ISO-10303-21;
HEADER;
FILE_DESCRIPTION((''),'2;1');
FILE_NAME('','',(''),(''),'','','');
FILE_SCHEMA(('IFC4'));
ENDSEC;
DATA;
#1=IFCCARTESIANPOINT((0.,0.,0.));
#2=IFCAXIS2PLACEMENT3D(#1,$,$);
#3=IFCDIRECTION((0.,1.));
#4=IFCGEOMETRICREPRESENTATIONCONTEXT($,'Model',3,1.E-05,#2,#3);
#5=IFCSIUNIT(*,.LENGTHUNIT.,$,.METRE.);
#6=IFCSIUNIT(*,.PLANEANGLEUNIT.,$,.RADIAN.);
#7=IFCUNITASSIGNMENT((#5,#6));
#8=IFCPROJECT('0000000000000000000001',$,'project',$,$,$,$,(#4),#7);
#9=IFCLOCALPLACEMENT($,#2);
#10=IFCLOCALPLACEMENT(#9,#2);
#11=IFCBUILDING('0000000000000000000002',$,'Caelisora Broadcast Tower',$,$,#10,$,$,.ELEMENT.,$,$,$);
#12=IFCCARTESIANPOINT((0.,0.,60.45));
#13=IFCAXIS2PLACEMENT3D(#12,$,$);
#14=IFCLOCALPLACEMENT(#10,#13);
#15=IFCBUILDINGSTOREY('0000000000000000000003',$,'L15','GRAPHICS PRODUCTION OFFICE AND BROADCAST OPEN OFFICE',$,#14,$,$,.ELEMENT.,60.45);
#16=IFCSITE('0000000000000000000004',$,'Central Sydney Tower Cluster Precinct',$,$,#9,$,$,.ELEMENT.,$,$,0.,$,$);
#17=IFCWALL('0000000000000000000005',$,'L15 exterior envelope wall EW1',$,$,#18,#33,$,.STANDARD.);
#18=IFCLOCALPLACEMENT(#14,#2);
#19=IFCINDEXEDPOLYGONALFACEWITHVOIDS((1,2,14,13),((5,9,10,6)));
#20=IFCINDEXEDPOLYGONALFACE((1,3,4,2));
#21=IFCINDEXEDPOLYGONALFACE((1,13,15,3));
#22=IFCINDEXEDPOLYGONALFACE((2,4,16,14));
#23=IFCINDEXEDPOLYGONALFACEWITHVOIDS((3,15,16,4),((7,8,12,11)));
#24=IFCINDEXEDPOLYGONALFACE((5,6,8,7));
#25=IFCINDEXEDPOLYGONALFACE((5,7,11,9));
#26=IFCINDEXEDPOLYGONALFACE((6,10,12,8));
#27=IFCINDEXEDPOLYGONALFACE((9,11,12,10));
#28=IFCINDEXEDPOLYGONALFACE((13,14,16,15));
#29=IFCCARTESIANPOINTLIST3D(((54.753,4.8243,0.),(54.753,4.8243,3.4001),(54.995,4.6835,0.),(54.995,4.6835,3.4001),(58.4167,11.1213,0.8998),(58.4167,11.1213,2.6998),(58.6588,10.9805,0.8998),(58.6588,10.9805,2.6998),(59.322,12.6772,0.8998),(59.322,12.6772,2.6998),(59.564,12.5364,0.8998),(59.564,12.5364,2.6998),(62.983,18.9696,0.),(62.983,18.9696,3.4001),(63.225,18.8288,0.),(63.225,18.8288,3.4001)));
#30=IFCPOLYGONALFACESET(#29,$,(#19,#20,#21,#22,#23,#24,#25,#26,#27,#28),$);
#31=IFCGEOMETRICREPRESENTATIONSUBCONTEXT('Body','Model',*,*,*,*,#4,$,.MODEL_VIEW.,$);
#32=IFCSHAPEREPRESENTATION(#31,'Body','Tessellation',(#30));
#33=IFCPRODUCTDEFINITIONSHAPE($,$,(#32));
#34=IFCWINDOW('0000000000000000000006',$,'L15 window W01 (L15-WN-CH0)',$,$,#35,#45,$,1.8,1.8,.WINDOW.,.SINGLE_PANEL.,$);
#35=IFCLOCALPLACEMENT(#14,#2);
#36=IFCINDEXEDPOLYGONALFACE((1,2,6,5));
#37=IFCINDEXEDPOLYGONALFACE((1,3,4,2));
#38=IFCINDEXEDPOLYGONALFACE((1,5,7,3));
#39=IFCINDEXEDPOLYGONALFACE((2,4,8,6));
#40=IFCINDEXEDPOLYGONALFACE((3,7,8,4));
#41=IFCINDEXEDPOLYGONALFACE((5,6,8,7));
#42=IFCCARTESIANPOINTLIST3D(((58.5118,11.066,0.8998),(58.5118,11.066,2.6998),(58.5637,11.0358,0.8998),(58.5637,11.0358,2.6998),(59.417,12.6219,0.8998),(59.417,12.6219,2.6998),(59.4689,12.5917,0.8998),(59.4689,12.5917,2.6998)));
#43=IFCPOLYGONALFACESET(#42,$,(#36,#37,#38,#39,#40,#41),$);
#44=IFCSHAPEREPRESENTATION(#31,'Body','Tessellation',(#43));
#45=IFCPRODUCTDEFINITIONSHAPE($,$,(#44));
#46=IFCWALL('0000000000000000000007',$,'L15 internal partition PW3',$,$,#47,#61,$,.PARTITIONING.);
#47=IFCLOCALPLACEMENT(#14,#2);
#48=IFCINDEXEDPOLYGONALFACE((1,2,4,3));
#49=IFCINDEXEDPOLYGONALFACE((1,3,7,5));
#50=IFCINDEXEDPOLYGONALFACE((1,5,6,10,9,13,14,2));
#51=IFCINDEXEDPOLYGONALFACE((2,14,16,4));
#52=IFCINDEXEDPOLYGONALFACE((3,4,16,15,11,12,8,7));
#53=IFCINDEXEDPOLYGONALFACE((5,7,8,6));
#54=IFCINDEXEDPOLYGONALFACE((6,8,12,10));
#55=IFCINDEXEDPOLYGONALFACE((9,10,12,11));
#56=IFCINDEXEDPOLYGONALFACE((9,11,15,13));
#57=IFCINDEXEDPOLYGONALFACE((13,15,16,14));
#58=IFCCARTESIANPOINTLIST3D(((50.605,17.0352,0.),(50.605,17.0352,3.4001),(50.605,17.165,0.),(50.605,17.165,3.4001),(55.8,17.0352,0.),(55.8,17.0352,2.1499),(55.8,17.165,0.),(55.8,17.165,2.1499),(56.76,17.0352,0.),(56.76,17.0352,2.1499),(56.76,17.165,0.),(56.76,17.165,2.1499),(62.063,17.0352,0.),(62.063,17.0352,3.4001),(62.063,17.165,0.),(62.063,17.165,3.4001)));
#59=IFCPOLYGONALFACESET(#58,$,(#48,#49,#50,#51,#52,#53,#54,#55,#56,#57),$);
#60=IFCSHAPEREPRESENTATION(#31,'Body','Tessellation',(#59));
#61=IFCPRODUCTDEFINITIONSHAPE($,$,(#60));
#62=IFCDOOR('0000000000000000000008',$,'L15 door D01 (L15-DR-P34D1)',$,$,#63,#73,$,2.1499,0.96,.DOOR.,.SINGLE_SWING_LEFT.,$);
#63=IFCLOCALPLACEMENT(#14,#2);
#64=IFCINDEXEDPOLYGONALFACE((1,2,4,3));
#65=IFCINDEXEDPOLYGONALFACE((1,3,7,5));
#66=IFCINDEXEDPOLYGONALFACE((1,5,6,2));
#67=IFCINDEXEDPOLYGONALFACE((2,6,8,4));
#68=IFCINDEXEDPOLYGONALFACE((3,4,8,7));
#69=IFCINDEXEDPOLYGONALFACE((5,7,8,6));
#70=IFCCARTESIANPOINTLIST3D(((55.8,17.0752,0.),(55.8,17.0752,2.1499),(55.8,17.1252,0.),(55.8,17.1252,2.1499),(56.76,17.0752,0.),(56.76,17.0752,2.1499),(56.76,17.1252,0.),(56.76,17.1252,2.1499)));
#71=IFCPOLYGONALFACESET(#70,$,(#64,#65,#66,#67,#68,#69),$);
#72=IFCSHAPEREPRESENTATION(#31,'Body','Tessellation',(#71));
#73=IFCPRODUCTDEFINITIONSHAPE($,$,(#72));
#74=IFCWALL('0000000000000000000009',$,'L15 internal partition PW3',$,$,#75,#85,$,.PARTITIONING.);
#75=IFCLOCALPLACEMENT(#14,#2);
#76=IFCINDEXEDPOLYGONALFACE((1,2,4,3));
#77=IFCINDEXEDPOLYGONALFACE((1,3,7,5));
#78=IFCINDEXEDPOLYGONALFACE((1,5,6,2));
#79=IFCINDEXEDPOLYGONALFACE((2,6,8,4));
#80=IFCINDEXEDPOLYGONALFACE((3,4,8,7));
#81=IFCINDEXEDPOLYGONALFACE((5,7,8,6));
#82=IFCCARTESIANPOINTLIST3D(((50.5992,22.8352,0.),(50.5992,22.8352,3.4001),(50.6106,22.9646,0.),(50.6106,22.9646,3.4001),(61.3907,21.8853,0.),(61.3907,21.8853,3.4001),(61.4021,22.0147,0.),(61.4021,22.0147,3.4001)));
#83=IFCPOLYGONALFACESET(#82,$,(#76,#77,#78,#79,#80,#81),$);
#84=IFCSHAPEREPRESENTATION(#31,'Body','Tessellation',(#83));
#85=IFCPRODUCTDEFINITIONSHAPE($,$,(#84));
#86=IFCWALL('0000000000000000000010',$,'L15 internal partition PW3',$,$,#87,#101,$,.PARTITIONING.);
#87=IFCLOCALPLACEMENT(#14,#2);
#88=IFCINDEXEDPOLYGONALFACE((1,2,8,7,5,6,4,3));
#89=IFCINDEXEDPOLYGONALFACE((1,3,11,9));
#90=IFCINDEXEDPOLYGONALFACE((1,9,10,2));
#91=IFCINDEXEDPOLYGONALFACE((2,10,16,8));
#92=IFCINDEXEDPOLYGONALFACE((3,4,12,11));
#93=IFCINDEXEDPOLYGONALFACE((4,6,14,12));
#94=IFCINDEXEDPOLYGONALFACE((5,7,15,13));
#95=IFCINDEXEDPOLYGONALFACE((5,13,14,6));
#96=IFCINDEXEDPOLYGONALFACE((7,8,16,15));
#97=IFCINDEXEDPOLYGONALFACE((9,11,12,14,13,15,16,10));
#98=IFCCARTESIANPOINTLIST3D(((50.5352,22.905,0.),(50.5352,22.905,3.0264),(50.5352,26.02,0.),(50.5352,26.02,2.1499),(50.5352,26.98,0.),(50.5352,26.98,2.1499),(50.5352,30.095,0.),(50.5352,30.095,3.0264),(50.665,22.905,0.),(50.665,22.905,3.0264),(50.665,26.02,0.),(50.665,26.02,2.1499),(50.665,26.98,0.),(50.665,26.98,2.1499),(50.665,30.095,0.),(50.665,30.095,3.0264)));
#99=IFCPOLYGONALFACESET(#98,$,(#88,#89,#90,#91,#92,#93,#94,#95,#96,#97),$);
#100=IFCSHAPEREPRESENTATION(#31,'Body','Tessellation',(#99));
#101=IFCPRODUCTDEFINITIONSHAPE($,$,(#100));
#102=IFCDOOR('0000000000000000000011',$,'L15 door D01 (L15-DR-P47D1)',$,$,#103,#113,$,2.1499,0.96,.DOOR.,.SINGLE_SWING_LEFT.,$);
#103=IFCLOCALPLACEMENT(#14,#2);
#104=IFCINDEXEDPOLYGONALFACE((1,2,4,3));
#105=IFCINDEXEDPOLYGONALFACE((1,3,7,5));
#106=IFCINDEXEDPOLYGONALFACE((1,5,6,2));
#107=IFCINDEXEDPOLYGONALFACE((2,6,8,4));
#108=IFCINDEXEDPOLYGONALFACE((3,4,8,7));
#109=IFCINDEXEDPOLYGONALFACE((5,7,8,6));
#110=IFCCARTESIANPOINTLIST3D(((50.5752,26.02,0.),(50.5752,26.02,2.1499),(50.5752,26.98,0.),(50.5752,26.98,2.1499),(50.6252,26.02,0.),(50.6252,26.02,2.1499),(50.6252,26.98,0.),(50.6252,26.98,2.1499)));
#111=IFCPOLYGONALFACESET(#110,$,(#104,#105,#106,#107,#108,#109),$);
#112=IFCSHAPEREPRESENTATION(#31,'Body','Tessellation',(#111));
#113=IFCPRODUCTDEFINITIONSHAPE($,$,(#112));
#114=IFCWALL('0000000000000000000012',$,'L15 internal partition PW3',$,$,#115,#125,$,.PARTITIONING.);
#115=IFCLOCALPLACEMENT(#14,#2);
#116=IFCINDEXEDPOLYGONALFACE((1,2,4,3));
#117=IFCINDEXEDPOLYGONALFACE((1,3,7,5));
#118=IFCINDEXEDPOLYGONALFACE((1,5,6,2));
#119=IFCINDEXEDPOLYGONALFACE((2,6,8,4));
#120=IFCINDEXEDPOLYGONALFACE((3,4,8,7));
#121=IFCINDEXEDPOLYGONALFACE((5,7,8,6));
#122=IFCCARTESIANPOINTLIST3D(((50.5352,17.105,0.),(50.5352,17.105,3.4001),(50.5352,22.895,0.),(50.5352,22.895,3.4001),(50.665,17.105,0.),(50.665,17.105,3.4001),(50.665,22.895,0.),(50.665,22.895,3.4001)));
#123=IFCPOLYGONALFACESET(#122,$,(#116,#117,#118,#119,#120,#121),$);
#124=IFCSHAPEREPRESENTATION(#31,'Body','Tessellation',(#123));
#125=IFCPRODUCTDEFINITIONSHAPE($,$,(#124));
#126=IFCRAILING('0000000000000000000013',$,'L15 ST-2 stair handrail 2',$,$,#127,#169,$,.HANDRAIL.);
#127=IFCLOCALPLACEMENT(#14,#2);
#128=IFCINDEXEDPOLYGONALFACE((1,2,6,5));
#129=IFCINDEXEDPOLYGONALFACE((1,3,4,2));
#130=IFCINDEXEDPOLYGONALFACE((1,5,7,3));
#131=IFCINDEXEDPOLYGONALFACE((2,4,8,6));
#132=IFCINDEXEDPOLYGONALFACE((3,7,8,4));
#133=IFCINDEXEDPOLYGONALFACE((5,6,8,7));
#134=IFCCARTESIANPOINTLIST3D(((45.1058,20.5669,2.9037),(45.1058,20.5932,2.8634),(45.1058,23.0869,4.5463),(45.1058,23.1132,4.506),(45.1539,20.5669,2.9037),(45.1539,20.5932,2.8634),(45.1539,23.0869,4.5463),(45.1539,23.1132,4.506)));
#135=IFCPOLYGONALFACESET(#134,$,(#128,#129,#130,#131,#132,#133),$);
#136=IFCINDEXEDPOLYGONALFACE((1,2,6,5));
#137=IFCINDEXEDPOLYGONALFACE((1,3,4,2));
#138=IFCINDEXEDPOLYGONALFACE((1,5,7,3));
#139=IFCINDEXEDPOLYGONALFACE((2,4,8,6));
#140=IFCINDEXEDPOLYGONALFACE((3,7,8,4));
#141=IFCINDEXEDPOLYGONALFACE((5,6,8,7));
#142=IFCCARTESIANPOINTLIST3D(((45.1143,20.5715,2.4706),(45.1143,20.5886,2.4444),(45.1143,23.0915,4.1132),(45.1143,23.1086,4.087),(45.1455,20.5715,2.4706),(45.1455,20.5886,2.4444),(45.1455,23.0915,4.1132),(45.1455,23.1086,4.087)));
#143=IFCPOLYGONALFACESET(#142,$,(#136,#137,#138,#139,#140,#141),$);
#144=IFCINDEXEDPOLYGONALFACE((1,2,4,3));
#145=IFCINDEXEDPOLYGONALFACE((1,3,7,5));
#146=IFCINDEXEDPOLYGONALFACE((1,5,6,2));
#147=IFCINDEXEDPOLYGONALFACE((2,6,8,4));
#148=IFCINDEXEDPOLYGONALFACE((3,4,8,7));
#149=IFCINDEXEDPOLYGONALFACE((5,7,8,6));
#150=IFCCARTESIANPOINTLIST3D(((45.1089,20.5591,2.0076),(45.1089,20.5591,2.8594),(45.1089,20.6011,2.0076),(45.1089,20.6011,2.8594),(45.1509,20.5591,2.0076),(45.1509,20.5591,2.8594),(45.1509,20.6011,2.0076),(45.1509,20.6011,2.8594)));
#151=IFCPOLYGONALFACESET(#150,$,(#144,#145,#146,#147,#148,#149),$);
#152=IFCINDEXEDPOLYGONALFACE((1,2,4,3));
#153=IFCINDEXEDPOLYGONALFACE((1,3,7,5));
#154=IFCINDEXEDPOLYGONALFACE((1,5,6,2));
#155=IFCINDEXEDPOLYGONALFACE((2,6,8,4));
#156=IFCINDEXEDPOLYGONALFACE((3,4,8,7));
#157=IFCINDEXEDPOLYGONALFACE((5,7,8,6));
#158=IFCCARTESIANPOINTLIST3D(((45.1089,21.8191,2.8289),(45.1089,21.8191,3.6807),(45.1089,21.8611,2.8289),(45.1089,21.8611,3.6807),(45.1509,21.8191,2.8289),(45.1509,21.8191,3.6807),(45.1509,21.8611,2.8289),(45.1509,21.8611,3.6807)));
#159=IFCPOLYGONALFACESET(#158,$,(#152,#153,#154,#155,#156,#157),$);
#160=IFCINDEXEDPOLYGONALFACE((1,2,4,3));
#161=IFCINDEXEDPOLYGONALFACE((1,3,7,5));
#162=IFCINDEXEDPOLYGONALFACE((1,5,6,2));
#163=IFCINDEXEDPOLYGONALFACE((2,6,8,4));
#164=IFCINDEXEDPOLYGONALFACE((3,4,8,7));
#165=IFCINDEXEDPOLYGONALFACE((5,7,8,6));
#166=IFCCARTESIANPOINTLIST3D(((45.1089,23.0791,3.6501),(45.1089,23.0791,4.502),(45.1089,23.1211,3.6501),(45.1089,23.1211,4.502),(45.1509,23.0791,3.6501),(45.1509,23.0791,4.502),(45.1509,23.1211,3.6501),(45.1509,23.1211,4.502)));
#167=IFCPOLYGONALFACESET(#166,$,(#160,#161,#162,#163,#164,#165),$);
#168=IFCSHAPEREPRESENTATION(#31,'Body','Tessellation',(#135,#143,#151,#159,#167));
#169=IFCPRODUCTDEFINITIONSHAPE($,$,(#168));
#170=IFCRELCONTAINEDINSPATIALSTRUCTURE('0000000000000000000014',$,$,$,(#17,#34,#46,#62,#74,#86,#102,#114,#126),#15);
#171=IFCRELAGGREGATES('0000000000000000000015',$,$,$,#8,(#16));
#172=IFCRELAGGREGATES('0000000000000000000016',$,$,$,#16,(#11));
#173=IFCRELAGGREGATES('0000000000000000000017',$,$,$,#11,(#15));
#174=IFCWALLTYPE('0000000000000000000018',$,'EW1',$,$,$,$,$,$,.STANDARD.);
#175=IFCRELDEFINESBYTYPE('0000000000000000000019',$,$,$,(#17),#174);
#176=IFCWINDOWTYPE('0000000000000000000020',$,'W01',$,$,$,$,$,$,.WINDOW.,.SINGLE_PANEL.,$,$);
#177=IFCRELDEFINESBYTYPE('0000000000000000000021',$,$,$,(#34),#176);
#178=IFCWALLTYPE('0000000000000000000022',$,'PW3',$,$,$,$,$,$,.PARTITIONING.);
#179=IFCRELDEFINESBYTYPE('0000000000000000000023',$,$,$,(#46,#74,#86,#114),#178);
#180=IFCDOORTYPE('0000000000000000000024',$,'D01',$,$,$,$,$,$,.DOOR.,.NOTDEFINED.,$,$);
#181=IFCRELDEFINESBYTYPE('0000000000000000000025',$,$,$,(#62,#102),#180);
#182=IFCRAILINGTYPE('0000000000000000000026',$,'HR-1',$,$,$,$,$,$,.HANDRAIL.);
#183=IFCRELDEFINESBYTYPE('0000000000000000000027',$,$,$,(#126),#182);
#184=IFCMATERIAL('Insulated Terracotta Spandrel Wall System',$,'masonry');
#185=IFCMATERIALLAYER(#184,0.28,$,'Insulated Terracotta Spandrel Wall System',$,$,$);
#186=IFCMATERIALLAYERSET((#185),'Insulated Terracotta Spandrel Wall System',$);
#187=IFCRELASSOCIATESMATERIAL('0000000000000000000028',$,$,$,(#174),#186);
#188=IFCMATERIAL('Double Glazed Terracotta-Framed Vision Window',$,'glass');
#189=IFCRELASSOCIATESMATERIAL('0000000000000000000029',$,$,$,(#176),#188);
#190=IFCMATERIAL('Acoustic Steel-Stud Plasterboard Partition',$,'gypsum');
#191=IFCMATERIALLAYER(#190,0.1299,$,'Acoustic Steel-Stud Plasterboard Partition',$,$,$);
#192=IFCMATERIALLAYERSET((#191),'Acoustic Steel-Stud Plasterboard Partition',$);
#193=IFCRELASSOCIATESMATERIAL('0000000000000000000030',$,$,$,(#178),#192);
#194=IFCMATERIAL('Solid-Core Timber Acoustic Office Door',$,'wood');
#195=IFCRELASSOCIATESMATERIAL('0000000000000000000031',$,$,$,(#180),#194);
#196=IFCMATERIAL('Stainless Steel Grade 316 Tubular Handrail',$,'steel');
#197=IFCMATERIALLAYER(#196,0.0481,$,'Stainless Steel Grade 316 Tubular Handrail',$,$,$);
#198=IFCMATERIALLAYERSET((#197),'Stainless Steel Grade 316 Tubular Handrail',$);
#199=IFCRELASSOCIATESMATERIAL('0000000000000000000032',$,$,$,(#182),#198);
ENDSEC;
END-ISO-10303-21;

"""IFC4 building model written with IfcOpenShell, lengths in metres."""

from ifc_helpers import new_model, si_unit, direction, frame, frame_2d, origin, origin_2d, place, context, subcontext, project, spatial, rectangle, extrude, material, layer, layer_set, type_object, element, fill, save


model = new_model("IFC4")

# Units and contexts
model_context = context("Model", 3, precision=1e-05, world=origin(), true_north=direction((0.0, 1.0)))
body_context = subcontext(model_context, "Body", "Model", "MODEL_VIEW")
ifc_project = project(units=[si_unit("LENGTHUNIT", "METRE"), si_unit("PLANEANGLEUNIT", "RADIAN")], contexts=[model_context])

# Site, building, storey
site_placement = place(None, origin())
site = spatial("IfcSite", under=ifc_project, at=site_placement, Name="Central Sydney Tower Cluster Precinct", CompositionType="ELEMENT", RefElevation=0.0)
building_placement = place(site_placement, origin())
building = spatial("IfcBuilding", under=site, at=building_placement, Name="Caelisora Broadcast Tower", CompositionType="ELEMENT")
storey_placement = place(building_placement, frame((0.0, 0.0, 60.45)))
storey = spatial("IfcBuildingStorey", under=building, at=storey_placement, Name="L15", Description="GRAPHICS PRODUCTION OFFICE AND BROADCAST OPEN OFFICE", CompositionType="ELEMENT", Elevation=60.45)

# Wall, opening, window
ifc_material_1 = material(Name="Insulated Terracotta Spandrel Wall System", Category="masonry")
ifc_layer_1 = layer(ifc_material_1, 0.28, Name="Insulated Terracotta Spandrel Wall System")
ifc_layer_set_1 = layer_set([ifc_layer_1], Name="Insulated Terracotta Spandrel Wall System")
wall_type_1 = type_object("IfcWallType", Name="EW1", PredefinedType="STANDARD", material=ifc_layer_set_1)
wall_1_placement = place(storey_placement, frame((63.104, 18.8992, 0.0), z_axis=(0.0, 0.0, 1.0), x_axis=(-0.502894, -0.864348, 0.0)))
wall_1 = element("IfcWall", 1, at=wall_1_placement, inside=storey, type_object=wall_type_1, Name="L15 exterior envelope wall EW1", PredefinedType="STANDARD", context=body_context, shape_type="SweptSolid", body=[
    extrude(rectangle(XDim=16.3652, YDim=0.28, at=frame_2d((8.1826, 0.0))), origin(), (0.0, 0.0, 1.0), 3.4001),
])
opening_1_placement = place(wall_1_placement, frame((7.28, 0.0, 0.8999)))
opening_1 = element("IfcOpeningElement", 2, at=opening_1_placement, cuts=wall_1, PredefinedType="OPENING", context=body_context, shape_type="SweptSolid", body=[
    extrude(rectangle(XDim=1.8, YDim=1.8, at=frame_2d((0.8999, 0.8999))), frame((0.0, 0.1521, 0.0), z_axis=(0.0, -1.0, 0.0), x_axis=(1.0, 0.0, 0.0)), (0.0, 0.0, 1.0), 0.304),
])
ifc_material_2 = material(Name="Double Glazed Terracotta-Framed Vision Window", Category="glass")
window_type = type_object("IfcWindowType", Name="W01", PartitioningType="SINGLE_PANEL", PredefinedType="WINDOW", material=ifc_material_2)
window_placement = place(opening_1_placement, origin())
window = element("IfcWindow", 3, at=window_placement, inside=storey, type_object=window_type, Name="L15 window W01 (L15-WN-CH0)", OverallHeight=1.8, OverallWidth=1.8, PartitioningType="SINGLE_PANEL", PredefinedType="WINDOW", context=body_context, shape_type="SweptSolid", body=[
    extrude(rectangle(XDim=1.8, YDim=1.8, at=frame_2d((0.8999, 0.8999))), frame((0.0, 0.03, 0.0), z_axis=(0.0, -1.0, 0.0), x_axis=(1.0, 0.0, 0.0)), (0.0, 0.0, 1.0), 0.0601),
])
fill(opening_1, window)

# Wall, opening, door
ifc_material_3 = material(Name="Acoustic Steel-Stud Plasterboard Partition", Category="gypsum")
ifc_layer_2 = layer(ifc_material_3, 0.1299, Name="Acoustic Steel-Stud Plasterboard Partition")
ifc_layer_set_2 = layer_set([ifc_layer_2], Name="Acoustic Steel-Stud Plasterboard Partition")
wall_type_2 = type_object("IfcWallType", Name="PW3", PredefinedType="PARTITIONING", material=ifc_layer_set_2)
wall_2_placement = place(storey_placement, frame((62.063, 17.1001, 0.0), z_axis=(0.0, 0.0, 1.0), x_axis=(-1.0, 0.0, 0.0)))
wall_2 = element("IfcWall", 4, at=wall_2_placement, inside=storey, type_object=wall_type_2, Name="L15 internal partition PW3", PredefinedType="PARTITIONING", context=body_context, shape_type="SweptSolid", body=[
    extrude(rectangle(XDim=11.458, YDim=0.1299, at=frame_2d((5.729, 0.0))), origin(), (0.0, 0.0, 1.0), 3.4001),
])
opening_2_placement = place(wall_2_placement, frame((5.303, 0.0, 0.0)))
opening_2 = element("IfcOpeningElement", 5, at=opening_2_placement, cuts=wall_2, PredefinedType="OPENING", context=body_context, shape_type="SweptSolid", body=[
    extrude(rectangle(XDim=0.96, YDim=2.1499, at=frame_2d((0.48, 1.075))), frame((0.0, 0.0769, 0.0), z_axis=(0.0, -1.0, 0.0), x_axis=(1.0, 0.0, 0.0)), (0.0, 0.0, 1.0), 0.1538),
])
ifc_material_4 = material(Name="Solid-Core Timber Acoustic Office Door", Category="wood")
door_type_1 = type_object("IfcDoorType", Name="D01", OperationType="NOTDEFINED", PredefinedType="DOOR", material=ifc_material_4)
door_1_placement = place(opening_2_placement, origin())
door_1 = element("IfcDoor", 6, at=door_1_placement, inside=storey, type_object=door_type_1, Name="L15 door D01 (L15-DR-P34D1)", OperationType="SINGLE_SWING_LEFT", OverallHeight=2.1499, OverallWidth=0.96, PredefinedType="DOOR", context=body_context, shape_type="SweptSolid", body=[
    extrude(rectangle(XDim=0.96, YDim=2.1499, at=frame_2d((0.48, 1.075))), frame((0.0, 0.0249, 0.0), z_axis=(0.0, -1.0, 0.0), x_axis=(1.0, 0.0, 0.0)), (0.0, 0.0, 1.0), 0.05),
])
fill(opening_2, door_1)

# Wall
wall_3_placement = place(storey_placement, frame((50.605, 22.8999, 0.0), z_axis=(0.0, 0.0, 1.0), x_axis=(0.996148, -0.087689, 0.0)))
element("IfcWall", 7, at=wall_3_placement, inside=storey, type_object=wall_type_2, Name="L15 internal partition PW3", PredefinedType="PARTITIONING", context=body_context, shape_type="SweptSolid", body=[
    extrude(rectangle(XDim=10.8333, YDim=0.1299, at=frame_2d((5.4165, 0.0))), origin(), (0.0, 0.0, 1.0), 3.4001),
])

# Wall, opening, door
wall_4_placement = place(storey_placement, frame((50.6001, 22.905, 0.0), z_axis=(0.0, 0.0, 1.0), x_axis=(0.0, 1.0, 0.0)))
wall_4 = element("IfcWall", 8, at=wall_4_placement, inside=storey, type_object=wall_type_2, Name="L15 internal partition PW3", PredefinedType="PARTITIONING", context=body_context, shape_type="SweptSolid", body=[
    extrude(rectangle(XDim=7.1899, YDim=0.1299, at=frame_2d((3.595, 0.0))), origin(), (0.0, 0.0, 1.0), 3.0264),
])
opening_3_placement = place(wall_4_placement, frame((3.115, 0.0, 0.0)))
opening_3 = element("IfcOpeningElement", 9, at=opening_3_placement, cuts=wall_4, PredefinedType="OPENING", context=body_context, shape_type="SweptSolid", body=[
    extrude(rectangle(XDim=0.96, YDim=2.1499, at=frame_2d((0.48, 1.075))), frame((0.0, 0.0769, 0.0), z_axis=(0.0, -1.0, 0.0), x_axis=(1.0, 0.0, 0.0)), (0.0, 0.0, 1.0), 0.1538),
])
door_2_placement = place(opening_3_placement, origin())
door_2 = element("IfcDoor", 10, at=door_2_placement, inside=storey, type_object=door_type_1, Name="L15 door D01 (L15-DR-P47D1)", OperationType="SINGLE_SWING_LEFT", OverallHeight=2.1499, OverallWidth=0.96, PredefinedType="DOOR", context=body_context, shape_type="SweptSolid", body=[
    extrude(rectangle(XDim=0.96, YDim=2.1499, at=frame_2d((0.48, 1.075))), frame((0.0, 0.0249, 0.0), z_axis=(0.0, -1.0, 0.0), x_axis=(1.0, 0.0, 0.0)), (0.0, 0.0, 1.0), 0.05),
])
fill(opening_3, door_2)

# Wall
wall_5_placement = place(storey_placement, frame((50.6001, 17.105, 0.0), z_axis=(0.0, 0.0, 1.0), x_axis=(0.0, 1.0, 0.0)))
element("IfcWall", 11, at=wall_5_placement, inside=storey, type_object=wall_type_2, Name="L15 internal partition PW3", PredefinedType="PARTITIONING", context=body_context, shape_type="SweptSolid", body=[
    extrude(rectangle(XDim=5.79, YDim=0.1299, at=frame_2d((2.895, 0.0))), origin(), (0.0, 0.0, 1.0), 3.4001),
])

# Railing
ifc_material_5 = material(Name="Stainless Steel Grade 316 Tubular Handrail", Category="steel")
ifc_layer_3 = layer(ifc_material_5, 0.0481, Name="Stainless Steel Grade 316 Tubular Handrail")
ifc_layer_set_3 = layer_set([ifc_layer_3], Name="Stainless Steel Grade 316 Tubular Handrail")
railing_type = type_object("IfcRailingType", Name="HR-1", PredefinedType="HANDRAIL", material=ifc_layer_set_3)
railing_placement = place(storey_placement, frame((45.1299, 20.5801, 2.0076)))
element("IfcRailing", 12, at=railing_placement, inside=storey, type_object=railing_type, Name="L15 ST-2 stair handrail 2", PredefinedType="HANDRAIL", context=body_context, shape_type="SweptSolid", body=[
    extrude(rectangle(XDim=0.0481, YDim=0.0481, at=origin_2d()), frame((0.0, 0.0, 0.876), z_axis=(0.0, 0.837749, 0.546055), x_axis=(-1.0, 0.0, 0.0)), (0.0, 0.0, 1.0), 3.0081),
    extrude(rectangle(XDim=0.0312, YDim=0.0312, at=origin_2d()), frame((0.0, 0.0, 0.45), z_axis=(0.0, 0.837749, 0.546055), x_axis=(-1.0, 0.0, 0.0)), (0.0, 0.0, 1.0), 3.0081),
    extrude(rectangle(XDim=0.042, YDim=0.042, at=origin_2d()), origin(), (0.0, 0.0, 1.0), 0.8518),
    extrude(rectangle(XDim=0.042, YDim=0.042, at=origin_2d()), frame((0.0, 1.26, 0.8213)), (0.0, 0.0, 1.0), 0.8518),
    extrude(rectangle(XDim=0.042, YDim=0.042, at=origin_2d()), frame((0.0, 2.52, 1.6426)), (0.0, 0.0, 1.0), 0.8518),
])

save(model, "model.ifc")
